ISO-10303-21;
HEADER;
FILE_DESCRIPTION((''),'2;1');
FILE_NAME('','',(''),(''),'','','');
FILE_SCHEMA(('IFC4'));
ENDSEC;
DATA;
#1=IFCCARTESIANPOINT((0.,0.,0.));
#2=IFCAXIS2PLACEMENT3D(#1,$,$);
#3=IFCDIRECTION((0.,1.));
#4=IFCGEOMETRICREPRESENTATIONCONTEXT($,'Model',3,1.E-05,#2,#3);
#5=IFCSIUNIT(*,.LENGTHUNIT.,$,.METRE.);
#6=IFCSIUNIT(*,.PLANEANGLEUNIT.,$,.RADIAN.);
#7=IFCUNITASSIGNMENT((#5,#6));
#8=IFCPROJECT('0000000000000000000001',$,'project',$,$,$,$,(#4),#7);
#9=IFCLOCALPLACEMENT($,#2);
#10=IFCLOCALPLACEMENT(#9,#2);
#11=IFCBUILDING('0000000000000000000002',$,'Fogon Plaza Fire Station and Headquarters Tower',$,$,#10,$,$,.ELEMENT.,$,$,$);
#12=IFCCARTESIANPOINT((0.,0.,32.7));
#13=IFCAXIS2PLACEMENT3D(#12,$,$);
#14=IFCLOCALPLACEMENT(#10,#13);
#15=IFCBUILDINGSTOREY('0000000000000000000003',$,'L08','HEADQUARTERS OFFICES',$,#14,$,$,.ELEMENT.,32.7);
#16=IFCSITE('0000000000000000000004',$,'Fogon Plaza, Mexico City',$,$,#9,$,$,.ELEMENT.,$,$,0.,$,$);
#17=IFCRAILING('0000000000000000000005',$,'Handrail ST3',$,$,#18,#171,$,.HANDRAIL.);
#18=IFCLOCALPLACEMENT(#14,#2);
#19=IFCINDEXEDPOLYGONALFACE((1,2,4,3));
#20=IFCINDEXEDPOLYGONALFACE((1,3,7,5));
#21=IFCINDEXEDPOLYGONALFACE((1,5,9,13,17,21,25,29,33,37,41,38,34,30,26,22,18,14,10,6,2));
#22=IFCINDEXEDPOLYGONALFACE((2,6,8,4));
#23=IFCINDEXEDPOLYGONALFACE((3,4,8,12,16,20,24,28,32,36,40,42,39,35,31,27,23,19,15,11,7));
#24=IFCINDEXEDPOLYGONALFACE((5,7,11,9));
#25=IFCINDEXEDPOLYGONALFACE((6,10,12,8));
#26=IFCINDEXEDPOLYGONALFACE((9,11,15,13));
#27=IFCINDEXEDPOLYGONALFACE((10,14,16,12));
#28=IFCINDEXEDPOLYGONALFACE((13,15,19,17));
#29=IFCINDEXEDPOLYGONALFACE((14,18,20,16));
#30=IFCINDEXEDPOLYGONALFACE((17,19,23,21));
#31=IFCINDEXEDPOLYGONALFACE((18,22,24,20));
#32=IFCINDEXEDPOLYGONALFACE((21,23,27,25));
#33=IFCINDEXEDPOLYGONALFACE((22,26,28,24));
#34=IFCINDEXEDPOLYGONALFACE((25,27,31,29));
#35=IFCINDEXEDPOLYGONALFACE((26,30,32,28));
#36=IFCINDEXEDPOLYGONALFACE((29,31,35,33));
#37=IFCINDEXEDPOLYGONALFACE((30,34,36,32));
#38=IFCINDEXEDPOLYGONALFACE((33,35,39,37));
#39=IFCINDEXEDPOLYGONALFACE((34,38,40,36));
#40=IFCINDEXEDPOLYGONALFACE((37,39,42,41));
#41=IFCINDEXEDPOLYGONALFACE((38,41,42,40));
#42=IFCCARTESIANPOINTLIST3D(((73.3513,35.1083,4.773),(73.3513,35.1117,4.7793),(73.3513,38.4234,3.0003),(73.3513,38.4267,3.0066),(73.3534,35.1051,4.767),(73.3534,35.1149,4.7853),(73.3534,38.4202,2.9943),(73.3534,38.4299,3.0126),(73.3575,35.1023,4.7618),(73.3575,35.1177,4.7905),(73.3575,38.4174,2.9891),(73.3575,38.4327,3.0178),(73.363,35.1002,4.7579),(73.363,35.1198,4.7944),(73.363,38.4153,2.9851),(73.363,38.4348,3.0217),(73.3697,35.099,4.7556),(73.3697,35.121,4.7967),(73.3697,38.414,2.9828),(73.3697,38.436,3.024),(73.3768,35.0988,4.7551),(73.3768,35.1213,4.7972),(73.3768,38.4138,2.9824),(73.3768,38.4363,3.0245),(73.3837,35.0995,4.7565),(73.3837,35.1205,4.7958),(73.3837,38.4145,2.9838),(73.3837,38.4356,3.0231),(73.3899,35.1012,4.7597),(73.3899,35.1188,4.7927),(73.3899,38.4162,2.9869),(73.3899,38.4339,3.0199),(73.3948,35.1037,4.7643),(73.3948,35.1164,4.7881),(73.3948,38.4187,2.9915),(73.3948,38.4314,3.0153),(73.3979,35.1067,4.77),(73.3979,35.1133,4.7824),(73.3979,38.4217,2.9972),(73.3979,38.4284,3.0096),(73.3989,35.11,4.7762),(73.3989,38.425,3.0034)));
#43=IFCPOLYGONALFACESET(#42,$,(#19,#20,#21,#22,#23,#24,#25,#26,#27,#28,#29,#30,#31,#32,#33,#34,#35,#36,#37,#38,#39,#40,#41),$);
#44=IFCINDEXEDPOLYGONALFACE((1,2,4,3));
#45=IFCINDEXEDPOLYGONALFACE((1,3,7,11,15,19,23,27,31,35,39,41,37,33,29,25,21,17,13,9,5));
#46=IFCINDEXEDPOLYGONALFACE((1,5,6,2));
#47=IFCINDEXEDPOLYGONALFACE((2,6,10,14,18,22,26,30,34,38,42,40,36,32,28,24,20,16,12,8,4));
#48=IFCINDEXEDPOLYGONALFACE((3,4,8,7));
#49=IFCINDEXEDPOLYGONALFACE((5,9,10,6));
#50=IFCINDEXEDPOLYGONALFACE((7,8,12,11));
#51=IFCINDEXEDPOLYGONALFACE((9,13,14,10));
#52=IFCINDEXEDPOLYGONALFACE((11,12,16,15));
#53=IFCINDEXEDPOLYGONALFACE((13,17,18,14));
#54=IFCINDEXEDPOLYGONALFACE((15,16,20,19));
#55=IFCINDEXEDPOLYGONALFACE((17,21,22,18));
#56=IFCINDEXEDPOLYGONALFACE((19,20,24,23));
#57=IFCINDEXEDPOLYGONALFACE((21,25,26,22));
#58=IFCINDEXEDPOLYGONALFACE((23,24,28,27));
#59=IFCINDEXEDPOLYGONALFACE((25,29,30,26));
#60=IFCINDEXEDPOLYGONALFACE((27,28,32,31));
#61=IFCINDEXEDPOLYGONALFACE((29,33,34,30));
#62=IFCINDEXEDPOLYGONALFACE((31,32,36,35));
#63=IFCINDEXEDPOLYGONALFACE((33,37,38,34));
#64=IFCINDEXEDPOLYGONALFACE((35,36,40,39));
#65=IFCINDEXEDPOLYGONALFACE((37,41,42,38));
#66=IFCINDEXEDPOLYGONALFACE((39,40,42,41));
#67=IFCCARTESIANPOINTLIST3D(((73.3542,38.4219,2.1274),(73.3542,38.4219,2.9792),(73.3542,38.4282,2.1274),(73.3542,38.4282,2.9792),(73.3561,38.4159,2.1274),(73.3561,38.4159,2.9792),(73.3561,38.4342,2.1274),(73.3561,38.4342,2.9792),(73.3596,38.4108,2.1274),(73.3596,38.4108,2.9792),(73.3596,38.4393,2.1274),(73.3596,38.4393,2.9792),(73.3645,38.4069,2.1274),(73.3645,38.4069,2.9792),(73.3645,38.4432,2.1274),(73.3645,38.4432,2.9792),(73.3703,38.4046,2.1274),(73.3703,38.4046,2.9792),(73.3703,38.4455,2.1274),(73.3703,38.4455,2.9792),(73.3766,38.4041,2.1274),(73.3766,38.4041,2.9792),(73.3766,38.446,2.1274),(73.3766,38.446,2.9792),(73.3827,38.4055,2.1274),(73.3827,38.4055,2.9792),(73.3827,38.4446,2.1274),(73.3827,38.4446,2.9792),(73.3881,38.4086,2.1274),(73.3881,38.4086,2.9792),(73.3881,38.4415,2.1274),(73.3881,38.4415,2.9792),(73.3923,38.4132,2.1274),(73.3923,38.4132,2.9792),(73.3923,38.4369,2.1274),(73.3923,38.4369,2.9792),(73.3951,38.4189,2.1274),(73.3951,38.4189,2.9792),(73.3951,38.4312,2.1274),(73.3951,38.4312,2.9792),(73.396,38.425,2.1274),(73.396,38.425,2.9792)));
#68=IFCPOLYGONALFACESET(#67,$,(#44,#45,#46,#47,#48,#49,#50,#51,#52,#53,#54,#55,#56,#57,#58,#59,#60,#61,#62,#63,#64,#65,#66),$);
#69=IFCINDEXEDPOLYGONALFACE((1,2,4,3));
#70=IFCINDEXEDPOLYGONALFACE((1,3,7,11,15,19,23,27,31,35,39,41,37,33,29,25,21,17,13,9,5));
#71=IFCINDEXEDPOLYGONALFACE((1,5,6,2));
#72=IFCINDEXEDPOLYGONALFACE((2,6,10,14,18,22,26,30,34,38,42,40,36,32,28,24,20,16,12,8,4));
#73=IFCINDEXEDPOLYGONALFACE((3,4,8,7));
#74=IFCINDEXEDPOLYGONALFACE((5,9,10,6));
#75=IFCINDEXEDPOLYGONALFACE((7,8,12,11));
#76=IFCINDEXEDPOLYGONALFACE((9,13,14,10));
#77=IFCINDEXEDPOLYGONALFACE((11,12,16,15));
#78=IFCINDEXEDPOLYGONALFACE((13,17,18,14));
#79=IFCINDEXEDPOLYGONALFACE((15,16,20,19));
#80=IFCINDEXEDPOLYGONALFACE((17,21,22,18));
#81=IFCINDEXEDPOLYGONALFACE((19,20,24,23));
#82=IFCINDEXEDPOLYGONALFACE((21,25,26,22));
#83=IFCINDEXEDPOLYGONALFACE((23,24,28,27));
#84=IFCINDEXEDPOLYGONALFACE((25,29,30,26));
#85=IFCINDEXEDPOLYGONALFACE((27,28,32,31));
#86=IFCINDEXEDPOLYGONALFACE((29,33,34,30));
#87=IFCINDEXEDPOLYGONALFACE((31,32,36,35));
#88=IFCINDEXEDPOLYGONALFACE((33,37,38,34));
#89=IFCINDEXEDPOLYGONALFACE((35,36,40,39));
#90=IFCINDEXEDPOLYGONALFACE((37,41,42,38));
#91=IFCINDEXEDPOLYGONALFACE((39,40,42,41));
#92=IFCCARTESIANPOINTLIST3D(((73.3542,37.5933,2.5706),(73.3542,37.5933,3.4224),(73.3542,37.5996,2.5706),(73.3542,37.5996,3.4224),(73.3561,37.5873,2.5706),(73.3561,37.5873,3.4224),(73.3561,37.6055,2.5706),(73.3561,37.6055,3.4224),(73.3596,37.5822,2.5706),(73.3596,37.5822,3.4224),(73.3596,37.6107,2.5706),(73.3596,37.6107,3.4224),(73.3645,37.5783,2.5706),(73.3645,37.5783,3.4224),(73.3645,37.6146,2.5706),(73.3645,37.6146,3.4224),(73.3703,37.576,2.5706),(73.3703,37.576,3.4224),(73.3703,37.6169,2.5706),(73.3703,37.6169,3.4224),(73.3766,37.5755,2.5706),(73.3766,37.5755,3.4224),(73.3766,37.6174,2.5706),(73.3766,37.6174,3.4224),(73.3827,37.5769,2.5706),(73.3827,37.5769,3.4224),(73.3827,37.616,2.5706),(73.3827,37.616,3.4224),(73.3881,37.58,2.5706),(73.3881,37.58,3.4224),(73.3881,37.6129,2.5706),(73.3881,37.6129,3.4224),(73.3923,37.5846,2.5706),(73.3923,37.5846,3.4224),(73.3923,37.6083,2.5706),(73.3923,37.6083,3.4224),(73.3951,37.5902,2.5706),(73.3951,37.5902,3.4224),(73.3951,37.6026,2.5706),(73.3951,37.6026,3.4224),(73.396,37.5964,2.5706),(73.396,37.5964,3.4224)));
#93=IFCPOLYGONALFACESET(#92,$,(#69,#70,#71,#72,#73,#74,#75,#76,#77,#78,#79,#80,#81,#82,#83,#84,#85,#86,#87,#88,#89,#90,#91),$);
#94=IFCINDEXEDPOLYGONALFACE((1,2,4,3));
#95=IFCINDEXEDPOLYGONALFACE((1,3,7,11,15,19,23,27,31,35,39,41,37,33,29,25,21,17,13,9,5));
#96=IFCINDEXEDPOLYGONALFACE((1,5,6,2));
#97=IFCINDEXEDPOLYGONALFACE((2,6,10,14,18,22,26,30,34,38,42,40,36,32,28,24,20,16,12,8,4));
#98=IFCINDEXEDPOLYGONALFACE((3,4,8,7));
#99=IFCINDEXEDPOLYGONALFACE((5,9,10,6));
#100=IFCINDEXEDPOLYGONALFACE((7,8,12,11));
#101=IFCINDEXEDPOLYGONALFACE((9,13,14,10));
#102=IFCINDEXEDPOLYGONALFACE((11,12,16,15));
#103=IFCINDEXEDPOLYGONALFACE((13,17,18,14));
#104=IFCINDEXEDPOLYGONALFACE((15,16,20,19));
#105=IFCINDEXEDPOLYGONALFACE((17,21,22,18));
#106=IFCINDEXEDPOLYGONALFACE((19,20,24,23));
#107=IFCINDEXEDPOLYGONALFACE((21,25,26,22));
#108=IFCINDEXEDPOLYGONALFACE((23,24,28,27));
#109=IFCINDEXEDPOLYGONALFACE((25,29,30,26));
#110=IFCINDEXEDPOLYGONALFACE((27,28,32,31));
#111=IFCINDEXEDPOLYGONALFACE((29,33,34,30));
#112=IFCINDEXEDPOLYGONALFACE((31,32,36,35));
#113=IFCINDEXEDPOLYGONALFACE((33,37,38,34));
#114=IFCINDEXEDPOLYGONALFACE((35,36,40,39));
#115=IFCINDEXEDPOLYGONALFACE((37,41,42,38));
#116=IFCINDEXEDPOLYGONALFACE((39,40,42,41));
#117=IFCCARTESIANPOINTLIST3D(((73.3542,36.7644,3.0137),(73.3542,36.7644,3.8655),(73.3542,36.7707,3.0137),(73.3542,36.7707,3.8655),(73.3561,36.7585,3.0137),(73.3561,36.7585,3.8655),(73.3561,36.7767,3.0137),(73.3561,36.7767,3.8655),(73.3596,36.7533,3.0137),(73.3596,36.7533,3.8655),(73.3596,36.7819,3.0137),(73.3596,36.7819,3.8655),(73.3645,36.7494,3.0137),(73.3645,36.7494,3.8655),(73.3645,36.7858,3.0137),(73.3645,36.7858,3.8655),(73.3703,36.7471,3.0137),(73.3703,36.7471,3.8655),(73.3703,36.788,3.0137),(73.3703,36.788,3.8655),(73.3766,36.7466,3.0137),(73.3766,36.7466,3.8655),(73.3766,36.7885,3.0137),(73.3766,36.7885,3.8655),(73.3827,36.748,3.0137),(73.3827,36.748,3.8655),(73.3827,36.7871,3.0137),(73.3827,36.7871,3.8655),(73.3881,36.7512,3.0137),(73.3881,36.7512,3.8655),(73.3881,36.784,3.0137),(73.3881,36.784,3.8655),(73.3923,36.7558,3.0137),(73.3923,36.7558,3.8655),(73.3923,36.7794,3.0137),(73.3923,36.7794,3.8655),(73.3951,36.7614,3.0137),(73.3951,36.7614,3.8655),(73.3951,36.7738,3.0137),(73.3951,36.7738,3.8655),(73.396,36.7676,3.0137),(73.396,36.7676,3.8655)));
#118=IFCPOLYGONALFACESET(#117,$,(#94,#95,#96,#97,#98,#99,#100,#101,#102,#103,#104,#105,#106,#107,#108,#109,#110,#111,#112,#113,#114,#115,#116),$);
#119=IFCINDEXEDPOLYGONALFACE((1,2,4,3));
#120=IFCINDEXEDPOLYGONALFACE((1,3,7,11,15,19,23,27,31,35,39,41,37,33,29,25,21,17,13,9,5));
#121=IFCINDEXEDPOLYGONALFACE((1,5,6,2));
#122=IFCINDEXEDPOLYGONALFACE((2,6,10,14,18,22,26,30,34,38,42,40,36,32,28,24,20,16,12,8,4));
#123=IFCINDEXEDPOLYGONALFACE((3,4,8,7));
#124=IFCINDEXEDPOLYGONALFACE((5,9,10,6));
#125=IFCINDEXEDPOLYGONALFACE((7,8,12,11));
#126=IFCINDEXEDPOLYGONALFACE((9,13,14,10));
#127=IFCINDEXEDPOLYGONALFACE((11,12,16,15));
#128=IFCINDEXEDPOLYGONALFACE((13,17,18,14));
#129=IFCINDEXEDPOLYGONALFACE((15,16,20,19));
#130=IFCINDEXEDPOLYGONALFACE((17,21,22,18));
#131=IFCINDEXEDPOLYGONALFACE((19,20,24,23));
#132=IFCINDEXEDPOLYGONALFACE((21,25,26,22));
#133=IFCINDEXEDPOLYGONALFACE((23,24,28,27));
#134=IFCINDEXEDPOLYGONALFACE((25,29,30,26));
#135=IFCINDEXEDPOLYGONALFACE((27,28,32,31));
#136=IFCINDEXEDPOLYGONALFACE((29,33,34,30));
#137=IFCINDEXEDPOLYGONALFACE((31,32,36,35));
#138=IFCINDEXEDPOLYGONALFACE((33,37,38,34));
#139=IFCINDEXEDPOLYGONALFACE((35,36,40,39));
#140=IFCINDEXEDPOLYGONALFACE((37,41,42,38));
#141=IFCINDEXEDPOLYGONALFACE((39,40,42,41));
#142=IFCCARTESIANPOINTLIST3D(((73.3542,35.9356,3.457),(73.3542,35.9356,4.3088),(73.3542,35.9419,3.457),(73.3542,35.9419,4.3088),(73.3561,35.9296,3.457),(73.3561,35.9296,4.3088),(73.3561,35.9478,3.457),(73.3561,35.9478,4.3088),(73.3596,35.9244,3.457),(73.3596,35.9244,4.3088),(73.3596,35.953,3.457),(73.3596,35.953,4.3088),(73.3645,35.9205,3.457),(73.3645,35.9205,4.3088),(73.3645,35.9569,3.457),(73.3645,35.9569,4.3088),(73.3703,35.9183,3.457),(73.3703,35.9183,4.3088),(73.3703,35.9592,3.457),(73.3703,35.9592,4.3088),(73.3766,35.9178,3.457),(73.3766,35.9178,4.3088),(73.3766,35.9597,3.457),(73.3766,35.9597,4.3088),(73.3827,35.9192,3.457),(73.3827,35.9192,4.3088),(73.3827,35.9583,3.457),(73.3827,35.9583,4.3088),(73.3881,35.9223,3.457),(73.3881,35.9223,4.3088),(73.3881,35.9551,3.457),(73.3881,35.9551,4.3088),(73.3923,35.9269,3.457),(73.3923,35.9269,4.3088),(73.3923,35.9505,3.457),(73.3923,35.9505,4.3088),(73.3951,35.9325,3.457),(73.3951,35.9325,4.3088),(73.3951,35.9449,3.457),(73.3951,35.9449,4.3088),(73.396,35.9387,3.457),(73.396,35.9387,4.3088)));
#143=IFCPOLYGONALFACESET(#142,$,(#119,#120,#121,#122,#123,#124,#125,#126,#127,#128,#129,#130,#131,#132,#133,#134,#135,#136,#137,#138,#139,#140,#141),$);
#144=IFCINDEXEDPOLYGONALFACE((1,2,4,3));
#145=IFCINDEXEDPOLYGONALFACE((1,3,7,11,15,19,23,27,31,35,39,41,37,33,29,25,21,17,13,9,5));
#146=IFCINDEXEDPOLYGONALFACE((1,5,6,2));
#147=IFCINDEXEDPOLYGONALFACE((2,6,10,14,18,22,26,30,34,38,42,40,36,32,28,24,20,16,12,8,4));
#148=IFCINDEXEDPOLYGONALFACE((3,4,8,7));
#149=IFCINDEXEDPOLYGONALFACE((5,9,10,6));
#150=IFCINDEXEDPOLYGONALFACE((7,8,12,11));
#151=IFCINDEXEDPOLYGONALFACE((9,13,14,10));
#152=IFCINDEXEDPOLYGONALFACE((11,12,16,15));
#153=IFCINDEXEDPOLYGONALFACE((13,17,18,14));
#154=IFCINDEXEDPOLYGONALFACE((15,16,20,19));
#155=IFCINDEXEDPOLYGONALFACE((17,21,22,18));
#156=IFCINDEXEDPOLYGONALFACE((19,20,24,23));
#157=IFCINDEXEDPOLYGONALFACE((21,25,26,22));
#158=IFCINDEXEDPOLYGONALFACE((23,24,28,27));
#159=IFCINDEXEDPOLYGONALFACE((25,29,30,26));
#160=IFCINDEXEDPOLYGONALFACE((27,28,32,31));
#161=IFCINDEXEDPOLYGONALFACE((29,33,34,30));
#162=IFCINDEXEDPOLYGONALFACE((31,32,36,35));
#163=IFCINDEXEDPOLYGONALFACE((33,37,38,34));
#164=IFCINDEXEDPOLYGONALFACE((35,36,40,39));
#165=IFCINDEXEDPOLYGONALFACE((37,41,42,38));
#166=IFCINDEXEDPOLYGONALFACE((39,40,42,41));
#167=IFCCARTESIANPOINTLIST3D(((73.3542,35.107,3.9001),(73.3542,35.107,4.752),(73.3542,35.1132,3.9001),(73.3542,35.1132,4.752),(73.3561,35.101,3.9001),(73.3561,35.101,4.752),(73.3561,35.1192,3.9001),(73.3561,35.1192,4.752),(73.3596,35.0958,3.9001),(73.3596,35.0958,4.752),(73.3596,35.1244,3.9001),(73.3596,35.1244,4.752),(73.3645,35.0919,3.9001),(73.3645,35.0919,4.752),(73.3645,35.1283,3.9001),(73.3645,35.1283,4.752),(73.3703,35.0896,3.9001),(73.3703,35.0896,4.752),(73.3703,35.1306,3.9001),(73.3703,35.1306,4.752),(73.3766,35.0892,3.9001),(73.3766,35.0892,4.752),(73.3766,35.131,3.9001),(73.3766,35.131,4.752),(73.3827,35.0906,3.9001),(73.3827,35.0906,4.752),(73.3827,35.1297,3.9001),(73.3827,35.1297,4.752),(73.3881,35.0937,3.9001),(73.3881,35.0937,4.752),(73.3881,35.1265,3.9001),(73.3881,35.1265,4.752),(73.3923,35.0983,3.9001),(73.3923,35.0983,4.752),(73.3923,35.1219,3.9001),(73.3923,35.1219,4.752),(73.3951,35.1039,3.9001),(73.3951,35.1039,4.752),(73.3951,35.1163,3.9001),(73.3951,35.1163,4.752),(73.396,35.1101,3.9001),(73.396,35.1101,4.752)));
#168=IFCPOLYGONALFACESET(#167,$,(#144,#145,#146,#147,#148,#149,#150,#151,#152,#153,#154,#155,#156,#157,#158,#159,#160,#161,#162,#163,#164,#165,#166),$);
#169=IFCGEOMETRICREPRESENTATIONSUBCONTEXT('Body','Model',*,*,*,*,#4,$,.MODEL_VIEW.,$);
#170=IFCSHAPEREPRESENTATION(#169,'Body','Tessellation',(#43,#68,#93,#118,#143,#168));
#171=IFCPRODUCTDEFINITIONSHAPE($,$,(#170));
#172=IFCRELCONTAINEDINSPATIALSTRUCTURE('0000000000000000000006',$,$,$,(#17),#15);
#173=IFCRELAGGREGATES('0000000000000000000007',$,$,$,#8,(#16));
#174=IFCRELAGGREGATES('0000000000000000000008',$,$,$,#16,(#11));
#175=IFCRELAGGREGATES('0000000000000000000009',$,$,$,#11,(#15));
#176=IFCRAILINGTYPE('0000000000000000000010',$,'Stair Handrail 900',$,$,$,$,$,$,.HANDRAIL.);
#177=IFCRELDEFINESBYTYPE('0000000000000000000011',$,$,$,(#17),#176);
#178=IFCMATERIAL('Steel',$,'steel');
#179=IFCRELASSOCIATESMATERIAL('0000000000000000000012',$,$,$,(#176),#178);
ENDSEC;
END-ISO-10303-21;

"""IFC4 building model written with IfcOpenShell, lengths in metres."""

from ifc_helpers import new_model, si_unit, direction, frame, origin, origin_2d, place, context, subcontext, project, spatial, circle, extrude, material, type_object, element, save


model = new_model("IFC4")

# Units and contexts
model_context = context("Model", 3, precision=1e-05, world=origin(), true_north=direction((0.0, 1.0)))
body_context = subcontext(model_context, "Body", "Model", "MODEL_VIEW")
ifc_project = project(units=[si_unit("LENGTHUNIT", "METRE"), si_unit("PLANEANGLEUNIT", "RADIAN")], contexts=[model_context])

# Site, building, storey
site_placement = place(None, origin())
site = spatial("IfcSite", under=ifc_project, at=site_placement, Name="Fogon Plaza, Mexico City", CompositionType="ELEMENT", RefElevation=0.0)
building_placement = place(site_placement, origin())
building = spatial("IfcBuilding", under=site, at=building_placement, Name="Fogon Plaza Fire Station and Headquarters Tower", CompositionType="ELEMENT")
storey_placement = place(building_placement, frame((0.0, 0.0, 32.7)))
storey = spatial("IfcBuildingStorey", under=building, at=storey_placement, Name="L08", Description="HEADQUARTERS OFFICES", CompositionType="ELEMENT", Elevation=32.7)

# Railing
ifc_material_1 = material(Name="Steel", Category="steel")
railing_type = type_object("IfcRailingType", Name="Stair Handrail 900", PredefinedType="HANDRAIL", material=ifc_material_1)
for number, where, name in (
    (1, (73.375, 38.425, 2.1274), "Handrail ST3"),
):
    element("IfcRailing", number, at=place(storey_placement, frame(where)), inside=storey, type_object=railing_type, Name=name, PredefinedType="HANDRAIL", context=body_context, shape_type="SweptSolid", body=[
        extrude(circle(Radius=0.0239, at=origin_2d()), frame((0.0, 0.0, 0.876), z_axis=(0.0, -0.881829, 0.471569), x_axis=(1.0, 0.0, 0.0)), (0.0, 0.0, 1.0), 3.7593),
        extrude(circle(Radius=0.021, at=origin_2d()), origin(), (0.0, 0.0, 1.0), 0.8518),
        extrude(circle(Radius=0.021, at=origin_2d()), frame((0.0, -0.8286, 0.4431)), (0.0, 0.0, 1.0), 0.8518),
        extrude(circle(Radius=0.021, at=origin_2d()), frame((0.0, -1.6575, 0.8862)), (0.0, 0.0, 1.0), 0.8518),
        extrude(circle(Radius=0.021, at=origin_2d()), frame((0.0, -2.4863, 1.3296)), (0.0, 0.0, 1.0), 0.8518),
        extrude(circle(Radius=0.021, at=origin_2d()), frame((0.0, -3.3149, 1.7727)), (0.0, 0.0, 1.0), 0.8518),
    ])

save(model, "model.ifc")
